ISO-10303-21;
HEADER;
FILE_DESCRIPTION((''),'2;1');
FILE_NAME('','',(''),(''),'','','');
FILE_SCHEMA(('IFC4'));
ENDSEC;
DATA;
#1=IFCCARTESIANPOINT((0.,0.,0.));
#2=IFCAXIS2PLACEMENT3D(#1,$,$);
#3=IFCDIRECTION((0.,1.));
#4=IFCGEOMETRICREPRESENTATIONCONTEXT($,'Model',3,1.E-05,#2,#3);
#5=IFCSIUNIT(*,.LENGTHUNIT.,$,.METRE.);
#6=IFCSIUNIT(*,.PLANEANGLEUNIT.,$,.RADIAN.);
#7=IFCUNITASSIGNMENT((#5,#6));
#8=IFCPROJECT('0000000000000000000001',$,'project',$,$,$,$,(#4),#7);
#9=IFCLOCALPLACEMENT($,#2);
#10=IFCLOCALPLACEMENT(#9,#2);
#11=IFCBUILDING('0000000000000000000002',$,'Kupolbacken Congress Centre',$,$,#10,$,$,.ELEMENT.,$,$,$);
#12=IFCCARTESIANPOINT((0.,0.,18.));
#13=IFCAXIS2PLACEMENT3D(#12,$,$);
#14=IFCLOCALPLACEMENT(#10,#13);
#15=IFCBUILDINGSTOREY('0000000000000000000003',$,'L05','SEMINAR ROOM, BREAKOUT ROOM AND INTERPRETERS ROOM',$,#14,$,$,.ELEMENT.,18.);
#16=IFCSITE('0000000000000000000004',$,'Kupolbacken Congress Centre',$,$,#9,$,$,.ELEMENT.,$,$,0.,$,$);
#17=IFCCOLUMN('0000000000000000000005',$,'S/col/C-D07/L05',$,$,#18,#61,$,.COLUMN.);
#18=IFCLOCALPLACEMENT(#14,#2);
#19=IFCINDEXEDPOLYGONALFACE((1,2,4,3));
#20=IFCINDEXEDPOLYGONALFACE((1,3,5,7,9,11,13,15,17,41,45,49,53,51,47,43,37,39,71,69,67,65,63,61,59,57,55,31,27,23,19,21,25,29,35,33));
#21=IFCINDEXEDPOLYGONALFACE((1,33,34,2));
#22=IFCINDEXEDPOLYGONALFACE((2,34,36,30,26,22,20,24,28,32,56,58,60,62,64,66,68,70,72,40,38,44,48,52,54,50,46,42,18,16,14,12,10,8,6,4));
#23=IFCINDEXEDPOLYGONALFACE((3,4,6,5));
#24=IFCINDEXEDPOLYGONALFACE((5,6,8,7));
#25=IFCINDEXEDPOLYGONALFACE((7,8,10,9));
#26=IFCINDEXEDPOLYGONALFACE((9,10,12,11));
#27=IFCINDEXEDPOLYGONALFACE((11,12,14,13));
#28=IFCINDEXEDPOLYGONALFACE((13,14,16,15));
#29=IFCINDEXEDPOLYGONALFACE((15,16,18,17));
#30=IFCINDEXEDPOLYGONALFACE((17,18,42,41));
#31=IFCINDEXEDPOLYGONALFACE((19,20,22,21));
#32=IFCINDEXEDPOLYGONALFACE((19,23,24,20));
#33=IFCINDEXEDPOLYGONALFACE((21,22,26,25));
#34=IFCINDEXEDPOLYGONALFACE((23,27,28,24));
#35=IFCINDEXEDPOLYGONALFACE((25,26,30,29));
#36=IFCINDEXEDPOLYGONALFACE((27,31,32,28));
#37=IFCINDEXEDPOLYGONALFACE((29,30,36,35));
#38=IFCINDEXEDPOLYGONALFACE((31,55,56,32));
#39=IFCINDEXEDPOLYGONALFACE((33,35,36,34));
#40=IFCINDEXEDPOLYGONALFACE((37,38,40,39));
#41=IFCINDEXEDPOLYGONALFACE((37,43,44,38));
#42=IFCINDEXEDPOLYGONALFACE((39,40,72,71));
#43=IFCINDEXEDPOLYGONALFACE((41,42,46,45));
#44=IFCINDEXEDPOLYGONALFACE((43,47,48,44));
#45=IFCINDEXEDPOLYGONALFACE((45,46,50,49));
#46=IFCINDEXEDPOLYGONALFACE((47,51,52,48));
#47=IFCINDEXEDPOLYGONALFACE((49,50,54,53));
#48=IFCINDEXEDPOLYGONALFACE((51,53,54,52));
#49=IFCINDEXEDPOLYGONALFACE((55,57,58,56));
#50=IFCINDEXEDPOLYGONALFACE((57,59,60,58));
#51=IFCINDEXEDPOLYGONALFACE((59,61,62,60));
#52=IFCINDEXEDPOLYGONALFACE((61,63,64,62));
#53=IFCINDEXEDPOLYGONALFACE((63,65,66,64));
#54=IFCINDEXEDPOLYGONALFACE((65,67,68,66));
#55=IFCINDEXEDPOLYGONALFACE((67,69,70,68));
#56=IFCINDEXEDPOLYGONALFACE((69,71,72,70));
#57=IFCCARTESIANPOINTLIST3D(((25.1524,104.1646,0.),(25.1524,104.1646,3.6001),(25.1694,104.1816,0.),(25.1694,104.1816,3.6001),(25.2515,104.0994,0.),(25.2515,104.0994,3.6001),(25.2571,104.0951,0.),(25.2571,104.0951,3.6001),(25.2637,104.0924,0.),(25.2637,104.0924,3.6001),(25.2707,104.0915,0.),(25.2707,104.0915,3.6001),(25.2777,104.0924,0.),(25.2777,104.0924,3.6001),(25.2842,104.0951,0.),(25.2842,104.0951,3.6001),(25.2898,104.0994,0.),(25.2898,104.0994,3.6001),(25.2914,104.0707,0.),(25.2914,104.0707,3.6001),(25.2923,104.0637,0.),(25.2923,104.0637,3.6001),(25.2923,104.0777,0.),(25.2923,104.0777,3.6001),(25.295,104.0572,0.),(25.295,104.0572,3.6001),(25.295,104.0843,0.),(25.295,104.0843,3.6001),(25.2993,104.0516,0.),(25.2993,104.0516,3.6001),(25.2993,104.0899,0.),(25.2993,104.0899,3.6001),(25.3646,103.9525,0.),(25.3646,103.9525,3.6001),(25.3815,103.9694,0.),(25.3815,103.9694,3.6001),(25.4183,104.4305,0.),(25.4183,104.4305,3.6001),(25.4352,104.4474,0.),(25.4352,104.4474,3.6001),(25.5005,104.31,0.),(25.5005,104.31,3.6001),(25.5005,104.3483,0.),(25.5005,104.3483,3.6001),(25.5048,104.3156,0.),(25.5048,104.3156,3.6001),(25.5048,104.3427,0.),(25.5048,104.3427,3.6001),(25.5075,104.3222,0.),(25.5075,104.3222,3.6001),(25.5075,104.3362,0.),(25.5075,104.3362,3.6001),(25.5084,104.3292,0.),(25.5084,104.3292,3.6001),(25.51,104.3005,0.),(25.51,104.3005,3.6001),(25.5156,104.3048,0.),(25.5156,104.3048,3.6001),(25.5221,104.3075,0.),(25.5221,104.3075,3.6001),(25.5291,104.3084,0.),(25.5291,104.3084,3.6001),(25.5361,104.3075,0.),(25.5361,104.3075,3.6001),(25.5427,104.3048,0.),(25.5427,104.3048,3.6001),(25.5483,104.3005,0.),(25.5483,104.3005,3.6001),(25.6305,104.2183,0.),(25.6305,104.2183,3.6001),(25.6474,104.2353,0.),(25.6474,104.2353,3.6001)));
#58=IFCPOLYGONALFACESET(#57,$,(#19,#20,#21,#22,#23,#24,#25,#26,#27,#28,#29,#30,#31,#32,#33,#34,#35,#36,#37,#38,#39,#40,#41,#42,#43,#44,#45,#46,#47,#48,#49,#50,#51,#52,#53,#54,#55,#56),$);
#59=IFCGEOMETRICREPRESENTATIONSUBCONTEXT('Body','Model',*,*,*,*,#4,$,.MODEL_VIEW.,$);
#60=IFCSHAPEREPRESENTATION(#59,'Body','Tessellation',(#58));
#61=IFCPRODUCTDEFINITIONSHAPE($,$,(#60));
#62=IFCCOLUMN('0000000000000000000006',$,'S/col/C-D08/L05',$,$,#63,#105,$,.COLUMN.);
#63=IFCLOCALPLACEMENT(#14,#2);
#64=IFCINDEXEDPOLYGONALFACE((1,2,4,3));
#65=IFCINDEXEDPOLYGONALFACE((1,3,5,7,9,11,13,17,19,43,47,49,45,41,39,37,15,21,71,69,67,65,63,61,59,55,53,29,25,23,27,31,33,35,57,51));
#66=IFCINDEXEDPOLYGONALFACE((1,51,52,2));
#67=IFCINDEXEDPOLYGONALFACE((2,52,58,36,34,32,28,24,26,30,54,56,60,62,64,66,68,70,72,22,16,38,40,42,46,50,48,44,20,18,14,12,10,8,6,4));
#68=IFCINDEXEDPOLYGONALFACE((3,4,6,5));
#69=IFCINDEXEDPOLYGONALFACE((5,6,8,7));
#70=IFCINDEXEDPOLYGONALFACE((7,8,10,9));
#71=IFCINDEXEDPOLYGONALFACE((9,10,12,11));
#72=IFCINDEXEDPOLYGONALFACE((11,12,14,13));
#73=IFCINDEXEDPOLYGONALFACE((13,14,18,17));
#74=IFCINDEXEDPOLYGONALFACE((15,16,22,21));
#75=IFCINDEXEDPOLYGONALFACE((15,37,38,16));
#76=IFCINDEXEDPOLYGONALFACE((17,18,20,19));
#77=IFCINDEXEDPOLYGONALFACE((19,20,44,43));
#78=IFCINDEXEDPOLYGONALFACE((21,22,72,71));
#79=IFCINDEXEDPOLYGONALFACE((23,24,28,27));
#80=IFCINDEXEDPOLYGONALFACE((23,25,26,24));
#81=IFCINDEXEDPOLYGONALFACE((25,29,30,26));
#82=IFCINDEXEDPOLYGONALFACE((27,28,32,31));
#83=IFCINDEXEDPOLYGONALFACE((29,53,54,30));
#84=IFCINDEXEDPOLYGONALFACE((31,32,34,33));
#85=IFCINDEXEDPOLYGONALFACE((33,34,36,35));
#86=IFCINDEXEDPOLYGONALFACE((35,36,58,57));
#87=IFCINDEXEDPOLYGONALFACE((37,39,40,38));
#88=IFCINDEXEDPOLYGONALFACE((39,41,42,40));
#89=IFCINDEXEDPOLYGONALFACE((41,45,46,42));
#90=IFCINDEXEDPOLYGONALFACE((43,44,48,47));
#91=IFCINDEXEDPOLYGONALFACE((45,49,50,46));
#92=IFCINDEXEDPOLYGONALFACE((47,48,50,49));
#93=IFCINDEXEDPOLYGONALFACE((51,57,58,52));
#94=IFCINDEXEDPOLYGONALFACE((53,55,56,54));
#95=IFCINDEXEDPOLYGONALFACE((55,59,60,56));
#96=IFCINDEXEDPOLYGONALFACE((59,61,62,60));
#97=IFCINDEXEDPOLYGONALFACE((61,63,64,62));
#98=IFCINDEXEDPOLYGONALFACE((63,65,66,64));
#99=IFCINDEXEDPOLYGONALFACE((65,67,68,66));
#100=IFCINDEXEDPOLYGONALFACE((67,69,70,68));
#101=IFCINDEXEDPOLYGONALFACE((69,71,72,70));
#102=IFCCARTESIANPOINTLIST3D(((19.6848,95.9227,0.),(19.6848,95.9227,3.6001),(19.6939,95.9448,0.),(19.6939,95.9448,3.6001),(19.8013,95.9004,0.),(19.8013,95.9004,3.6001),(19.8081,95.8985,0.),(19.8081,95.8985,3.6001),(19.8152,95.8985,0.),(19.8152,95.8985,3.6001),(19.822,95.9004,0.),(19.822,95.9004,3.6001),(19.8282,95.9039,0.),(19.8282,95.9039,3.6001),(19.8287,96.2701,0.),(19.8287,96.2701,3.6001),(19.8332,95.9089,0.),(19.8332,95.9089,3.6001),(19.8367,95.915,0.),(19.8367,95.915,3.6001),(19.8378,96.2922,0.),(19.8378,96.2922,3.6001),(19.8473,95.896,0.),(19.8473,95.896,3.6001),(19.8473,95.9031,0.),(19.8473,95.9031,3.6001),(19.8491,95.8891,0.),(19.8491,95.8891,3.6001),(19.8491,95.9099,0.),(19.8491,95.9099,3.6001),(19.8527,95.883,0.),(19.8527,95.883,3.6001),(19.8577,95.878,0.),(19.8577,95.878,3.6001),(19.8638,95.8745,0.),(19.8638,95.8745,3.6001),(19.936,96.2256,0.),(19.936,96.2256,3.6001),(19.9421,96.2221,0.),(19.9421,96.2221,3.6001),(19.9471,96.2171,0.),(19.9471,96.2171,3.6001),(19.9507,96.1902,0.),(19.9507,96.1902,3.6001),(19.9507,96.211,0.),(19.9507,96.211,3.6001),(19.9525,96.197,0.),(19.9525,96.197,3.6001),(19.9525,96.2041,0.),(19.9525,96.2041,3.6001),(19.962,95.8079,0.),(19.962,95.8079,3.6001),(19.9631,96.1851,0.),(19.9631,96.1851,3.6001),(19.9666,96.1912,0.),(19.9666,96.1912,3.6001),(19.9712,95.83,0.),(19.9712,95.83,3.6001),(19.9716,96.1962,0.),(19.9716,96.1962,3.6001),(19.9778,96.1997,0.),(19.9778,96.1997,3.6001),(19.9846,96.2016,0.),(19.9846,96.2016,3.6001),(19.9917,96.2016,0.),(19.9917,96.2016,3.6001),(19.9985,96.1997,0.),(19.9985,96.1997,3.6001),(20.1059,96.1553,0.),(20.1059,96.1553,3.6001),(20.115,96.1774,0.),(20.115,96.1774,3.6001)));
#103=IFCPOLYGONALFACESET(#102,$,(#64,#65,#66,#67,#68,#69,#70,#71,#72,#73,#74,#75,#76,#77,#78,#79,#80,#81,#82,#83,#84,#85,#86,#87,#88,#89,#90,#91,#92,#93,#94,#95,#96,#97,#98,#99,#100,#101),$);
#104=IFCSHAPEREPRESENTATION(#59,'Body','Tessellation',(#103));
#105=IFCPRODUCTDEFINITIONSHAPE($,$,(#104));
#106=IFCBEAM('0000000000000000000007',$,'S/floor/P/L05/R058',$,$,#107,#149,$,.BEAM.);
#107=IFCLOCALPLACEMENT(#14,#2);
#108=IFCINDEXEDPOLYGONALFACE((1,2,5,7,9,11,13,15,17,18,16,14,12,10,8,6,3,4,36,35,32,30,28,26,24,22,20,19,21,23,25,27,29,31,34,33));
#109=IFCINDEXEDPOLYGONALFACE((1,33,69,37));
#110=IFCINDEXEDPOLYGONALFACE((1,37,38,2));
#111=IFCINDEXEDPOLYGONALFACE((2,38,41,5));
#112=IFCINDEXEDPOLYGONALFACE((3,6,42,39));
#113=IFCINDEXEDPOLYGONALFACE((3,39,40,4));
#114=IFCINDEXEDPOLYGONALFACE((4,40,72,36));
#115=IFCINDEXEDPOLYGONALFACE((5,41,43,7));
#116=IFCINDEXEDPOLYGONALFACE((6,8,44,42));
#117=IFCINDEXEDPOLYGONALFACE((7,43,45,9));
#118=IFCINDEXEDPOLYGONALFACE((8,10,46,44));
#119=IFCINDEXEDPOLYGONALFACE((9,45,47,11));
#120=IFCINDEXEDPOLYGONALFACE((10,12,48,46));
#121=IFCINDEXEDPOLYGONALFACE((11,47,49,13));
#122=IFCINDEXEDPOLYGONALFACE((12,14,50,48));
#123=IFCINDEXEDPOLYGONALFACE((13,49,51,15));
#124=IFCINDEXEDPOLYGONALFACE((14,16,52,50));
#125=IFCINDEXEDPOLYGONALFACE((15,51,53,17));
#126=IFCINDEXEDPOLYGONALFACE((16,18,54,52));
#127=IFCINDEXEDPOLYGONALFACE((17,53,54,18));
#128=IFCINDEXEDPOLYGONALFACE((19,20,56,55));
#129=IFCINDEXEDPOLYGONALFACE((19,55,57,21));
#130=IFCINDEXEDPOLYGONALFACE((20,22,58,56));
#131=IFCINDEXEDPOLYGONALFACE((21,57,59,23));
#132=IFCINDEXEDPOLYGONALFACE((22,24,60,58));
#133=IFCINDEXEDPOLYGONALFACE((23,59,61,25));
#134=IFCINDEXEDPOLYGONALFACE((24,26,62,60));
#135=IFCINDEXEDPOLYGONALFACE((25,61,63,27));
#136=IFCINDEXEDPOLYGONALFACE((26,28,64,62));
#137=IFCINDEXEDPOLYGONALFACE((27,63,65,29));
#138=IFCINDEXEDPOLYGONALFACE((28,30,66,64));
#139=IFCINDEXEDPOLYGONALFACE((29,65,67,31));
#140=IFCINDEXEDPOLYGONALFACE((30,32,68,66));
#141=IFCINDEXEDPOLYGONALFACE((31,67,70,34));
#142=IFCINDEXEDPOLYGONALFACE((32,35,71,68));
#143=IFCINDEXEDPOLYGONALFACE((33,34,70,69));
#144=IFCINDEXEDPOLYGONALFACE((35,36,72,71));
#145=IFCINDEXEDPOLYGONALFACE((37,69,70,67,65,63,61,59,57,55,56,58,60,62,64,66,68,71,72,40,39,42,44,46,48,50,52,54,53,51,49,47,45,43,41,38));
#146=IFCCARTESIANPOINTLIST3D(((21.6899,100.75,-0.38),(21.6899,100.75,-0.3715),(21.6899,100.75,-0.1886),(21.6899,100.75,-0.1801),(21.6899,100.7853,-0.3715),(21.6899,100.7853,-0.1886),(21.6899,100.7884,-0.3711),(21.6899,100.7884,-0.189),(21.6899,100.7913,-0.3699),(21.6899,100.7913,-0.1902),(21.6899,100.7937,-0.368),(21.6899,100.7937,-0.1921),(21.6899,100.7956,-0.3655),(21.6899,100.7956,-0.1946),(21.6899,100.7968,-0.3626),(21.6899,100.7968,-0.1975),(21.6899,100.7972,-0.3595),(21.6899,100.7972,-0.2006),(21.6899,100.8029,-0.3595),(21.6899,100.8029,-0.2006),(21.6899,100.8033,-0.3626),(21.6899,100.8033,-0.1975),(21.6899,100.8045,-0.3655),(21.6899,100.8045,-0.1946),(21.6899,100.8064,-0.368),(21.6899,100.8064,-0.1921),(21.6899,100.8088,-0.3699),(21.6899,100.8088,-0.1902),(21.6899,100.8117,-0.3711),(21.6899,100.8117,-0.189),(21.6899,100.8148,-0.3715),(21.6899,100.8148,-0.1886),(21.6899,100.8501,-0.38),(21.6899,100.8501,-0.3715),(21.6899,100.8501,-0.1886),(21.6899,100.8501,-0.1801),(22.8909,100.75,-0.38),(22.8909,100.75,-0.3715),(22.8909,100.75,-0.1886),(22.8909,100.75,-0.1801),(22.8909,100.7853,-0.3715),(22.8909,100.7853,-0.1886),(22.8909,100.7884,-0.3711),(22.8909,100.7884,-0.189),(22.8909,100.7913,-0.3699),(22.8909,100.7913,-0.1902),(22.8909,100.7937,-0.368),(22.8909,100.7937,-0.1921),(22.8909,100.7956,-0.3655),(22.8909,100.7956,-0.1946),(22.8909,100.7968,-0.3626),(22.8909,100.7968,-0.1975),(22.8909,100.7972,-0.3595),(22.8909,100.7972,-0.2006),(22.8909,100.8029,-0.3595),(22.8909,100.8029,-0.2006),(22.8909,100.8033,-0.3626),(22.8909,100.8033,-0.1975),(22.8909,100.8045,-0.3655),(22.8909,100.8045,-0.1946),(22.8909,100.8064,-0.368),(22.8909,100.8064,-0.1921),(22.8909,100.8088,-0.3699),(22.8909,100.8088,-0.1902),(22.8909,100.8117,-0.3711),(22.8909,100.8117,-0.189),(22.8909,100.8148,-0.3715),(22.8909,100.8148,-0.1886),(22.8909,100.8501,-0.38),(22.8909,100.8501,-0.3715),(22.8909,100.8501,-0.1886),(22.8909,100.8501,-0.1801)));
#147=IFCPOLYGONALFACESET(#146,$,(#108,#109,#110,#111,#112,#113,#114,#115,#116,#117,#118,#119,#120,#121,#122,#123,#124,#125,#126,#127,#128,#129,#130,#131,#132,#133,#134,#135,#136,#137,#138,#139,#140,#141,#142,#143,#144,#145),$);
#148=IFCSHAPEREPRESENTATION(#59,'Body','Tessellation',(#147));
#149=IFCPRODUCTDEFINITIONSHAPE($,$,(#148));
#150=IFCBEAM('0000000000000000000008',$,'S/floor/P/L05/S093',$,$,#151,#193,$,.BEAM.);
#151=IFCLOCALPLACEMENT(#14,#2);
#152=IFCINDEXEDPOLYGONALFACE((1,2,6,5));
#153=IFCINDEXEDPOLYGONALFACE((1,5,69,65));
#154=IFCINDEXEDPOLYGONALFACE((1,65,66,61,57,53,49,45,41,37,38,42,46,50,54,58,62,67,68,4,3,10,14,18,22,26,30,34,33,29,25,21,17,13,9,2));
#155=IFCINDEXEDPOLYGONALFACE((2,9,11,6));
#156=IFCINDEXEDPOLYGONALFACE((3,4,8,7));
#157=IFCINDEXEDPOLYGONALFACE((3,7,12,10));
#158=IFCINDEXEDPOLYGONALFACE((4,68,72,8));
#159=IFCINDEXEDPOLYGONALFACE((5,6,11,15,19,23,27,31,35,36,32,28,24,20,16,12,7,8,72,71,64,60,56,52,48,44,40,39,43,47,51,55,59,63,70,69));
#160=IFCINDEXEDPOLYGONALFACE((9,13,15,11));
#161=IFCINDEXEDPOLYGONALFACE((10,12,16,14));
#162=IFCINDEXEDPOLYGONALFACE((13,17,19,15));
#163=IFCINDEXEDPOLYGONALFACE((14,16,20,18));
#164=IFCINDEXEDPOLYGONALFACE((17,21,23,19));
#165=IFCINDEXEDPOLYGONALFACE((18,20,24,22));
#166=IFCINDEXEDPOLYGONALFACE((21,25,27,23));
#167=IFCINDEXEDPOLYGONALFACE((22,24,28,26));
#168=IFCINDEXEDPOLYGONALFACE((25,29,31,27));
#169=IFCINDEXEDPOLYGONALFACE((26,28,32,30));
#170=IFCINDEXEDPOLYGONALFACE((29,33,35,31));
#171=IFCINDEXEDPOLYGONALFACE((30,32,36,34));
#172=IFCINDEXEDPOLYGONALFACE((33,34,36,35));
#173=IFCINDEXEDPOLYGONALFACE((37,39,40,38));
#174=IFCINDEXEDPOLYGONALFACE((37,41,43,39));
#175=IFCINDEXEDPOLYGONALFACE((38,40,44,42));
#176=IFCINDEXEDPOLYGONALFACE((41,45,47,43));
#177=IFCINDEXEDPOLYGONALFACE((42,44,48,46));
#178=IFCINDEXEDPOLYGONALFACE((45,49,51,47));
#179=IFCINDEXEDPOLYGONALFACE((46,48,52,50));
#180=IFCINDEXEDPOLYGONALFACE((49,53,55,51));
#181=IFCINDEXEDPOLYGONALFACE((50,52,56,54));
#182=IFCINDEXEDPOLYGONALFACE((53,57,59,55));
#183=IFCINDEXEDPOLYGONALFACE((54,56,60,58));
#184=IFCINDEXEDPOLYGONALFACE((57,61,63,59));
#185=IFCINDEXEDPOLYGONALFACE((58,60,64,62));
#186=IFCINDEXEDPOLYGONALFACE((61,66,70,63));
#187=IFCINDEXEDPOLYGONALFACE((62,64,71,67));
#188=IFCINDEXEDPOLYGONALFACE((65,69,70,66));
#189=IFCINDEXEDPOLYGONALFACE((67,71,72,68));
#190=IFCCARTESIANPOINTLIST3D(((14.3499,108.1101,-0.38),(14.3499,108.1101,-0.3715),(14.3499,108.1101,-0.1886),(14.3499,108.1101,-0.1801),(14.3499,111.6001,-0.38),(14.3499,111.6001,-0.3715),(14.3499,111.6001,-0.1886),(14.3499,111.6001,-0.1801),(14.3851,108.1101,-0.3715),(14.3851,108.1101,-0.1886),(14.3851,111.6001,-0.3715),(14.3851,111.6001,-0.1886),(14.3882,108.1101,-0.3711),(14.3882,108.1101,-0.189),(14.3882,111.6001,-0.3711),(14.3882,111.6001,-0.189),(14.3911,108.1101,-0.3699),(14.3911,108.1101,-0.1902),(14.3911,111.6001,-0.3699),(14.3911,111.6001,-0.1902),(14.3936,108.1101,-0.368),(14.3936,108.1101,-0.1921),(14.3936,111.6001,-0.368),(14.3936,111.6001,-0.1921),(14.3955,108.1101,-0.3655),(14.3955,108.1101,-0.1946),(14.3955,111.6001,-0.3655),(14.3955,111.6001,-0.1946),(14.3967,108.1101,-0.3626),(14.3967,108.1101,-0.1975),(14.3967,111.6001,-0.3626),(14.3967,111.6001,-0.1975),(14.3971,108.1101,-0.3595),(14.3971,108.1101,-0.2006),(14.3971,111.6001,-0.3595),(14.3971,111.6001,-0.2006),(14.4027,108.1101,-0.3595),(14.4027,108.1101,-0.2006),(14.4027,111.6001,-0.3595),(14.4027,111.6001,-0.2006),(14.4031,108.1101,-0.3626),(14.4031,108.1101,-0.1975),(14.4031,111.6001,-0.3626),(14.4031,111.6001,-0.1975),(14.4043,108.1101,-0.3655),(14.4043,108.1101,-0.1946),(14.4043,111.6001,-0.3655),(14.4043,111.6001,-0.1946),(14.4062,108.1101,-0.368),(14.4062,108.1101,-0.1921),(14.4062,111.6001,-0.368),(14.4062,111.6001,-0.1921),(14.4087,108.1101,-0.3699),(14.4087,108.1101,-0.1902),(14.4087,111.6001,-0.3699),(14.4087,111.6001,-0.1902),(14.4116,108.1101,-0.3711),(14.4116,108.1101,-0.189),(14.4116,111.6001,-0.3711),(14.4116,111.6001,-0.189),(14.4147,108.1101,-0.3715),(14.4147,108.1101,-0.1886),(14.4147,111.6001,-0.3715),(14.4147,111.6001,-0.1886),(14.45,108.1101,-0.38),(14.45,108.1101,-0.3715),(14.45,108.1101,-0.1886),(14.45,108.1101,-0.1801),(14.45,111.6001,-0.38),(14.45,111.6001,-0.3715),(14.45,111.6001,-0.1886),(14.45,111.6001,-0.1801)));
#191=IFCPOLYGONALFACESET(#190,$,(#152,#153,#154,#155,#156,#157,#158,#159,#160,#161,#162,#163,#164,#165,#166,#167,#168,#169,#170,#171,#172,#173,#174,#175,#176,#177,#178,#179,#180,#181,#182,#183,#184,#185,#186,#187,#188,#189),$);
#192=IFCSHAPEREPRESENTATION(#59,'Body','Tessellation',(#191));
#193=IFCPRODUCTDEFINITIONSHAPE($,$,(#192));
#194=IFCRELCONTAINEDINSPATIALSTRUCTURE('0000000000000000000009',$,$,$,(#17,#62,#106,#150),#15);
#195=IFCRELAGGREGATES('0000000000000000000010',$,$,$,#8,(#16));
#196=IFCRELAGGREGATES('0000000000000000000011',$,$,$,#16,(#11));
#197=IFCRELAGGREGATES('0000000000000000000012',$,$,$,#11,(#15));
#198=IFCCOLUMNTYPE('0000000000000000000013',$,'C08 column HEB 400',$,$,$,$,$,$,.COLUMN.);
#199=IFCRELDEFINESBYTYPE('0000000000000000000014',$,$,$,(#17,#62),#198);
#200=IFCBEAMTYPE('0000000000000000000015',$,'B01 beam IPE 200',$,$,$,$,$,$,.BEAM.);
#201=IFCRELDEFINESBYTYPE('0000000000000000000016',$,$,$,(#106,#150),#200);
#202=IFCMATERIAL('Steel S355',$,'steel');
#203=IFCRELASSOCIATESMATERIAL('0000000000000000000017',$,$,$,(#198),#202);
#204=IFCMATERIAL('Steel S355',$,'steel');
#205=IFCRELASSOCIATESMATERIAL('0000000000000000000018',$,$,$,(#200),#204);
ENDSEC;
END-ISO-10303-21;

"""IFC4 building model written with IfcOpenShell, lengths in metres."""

from ifc_helpers import new_model, si_unit, direction, frame, origin, origin_2d, place, context, subcontext, project, spatial, i_section, extrude, material, material_profile, profile_set, type_object, element, save


model = new_model("IFC4")

# Units and contexts
model_context = context("Model", 3, precision=1e-05, world=origin(), true_north=direction((0.0, 1.0)))
body_context = subcontext(model_context, "Body", "Model", "MODEL_VIEW")
ifc_project = project(units=[si_unit("LENGTHUNIT", "METRE"), si_unit("PLANEANGLEUNIT", "RADIAN")], contexts=[model_context])

# Site, building, storey
site_placement = place(None, origin())
site = spatial("IfcSite", under=ifc_project, at=site_placement, Name="Kupolbacken Congress Centre", CompositionType="ELEMENT", RefElevation=0.0)
building_placement = place(site_placement, origin())
building = spatial("IfcBuilding", under=site, at=building_placement, Name="Kupolbacken Congress Centre", CompositionType="ELEMENT")
storey_placement = place(building_placement, frame((0.0, 0.0, 18.0)))
storey = spatial("IfcBuildingStorey", under=building, at=storey_placement, Name="L05", Description="SEMINAR ROOM, BREAKOUT ROOM AND INTERPRETERS ROOM", CompositionType="ELEMENT", Elevation=18.0)

# Columns
ifc_material_1 = material(Name="Steel S355", Category="steel")
ifc_material_profile_1 = material_profile(ifc_material_1, i_section(OverallWidth=0.3, OverallDepth=0.3999, WebThickness=0.0134, FlangeThickness=0.0239, FilletRadius=0.0271, at=origin_2d()), Name="HEB 400")
ifc_profile_set_1 = profile_set([ifc_material_profile_1], Name="Steel S355")
column_type = type_object("IfcColumnType", Name="C08 column HEB 400", PredefinedType="COLUMN", material=ifc_profile_set_1)
for number, where, z_axis, x_axis, name in (
    (1, (25.3999, 104.2, 0.0), (0.0, 0.0, 1.0), (-0.707107, 0.707107, 0.0), "S/col/C-D07/L05"),
    (2, (19.8999, 96.05, 0.0), (0.0, 0.0, 1.0), (-0.923896, 0.382644, 0.0), "S/col/C-D08/L05"),
):
    element("IfcColumn", number, at=place(storey_placement, frame(where, z_axis=z_axis, x_axis=x_axis)), inside=storey, type_object=column_type, Name=name, PredefinedType="COLUMN", context=body_context, shape_type="SweptSolid", body=[
        extrude(i_section(OverallWidth=0.3, OverallDepth=0.3999, WebThickness=0.0134, FlangeThickness=0.0239, FilletRadius=0.0271, at=origin_2d()), origin(), (0.0, 0.0, 1.0), 3.6001),
    ])

# Beams
ifc_material_2 = material(Name="Steel S355", Category="steel")
ifc_material_profile_2 = material_profile(ifc_material_2, i_section(OverallWidth=0.1001, OverallDepth=0.2, WebThickness=0.0056, FlangeThickness=0.0085, FilletRadius=0.012, at=origin_2d()), Name="IPE 200")
ifc_profile_set_2 = profile_set([ifc_material_profile_2], Name="Steel S355")
beam_type_1 = type_object("IfcBeamType", Name="B01 beam IPE 200", PredefinedType="BEAM", material=ifc_profile_set_2)
beam_1_placement = place(storey_placement, frame((21.6899, 100.8, -0.28), z_axis=(1.0, 0.0, 0.0), x_axis=(0.0, 1.0, 0.0)))
element("IfcBeam", 3, at=beam_1_placement, inside=storey, type_object=beam_type_1, Name="S/floor/P/L05/R058", PredefinedType="BEAM", context=body_context, shape_type="SweptSolid", body=[
    extrude(i_section(OverallWidth=0.1001, OverallDepth=0.2, WebThickness=0.0056, FlangeThickness=0.0085, FilletRadius=0.012, at=origin_2d()), origin(), (0.0, 0.0, 1.0), 1.2009),
])
beam_2_placement = place(storey_placement, frame((14.3999, 108.1101, -0.28), z_axis=(0.0, 1.0, 0.0), x_axis=(-1.0, 0.0, 0.0)))
element("IfcBeam", 4, at=beam_2_placement, inside=storey, type_object=beam_type_1, Name="S/floor/P/L05/S093", PredefinedType="BEAM", context=body_context, shape_type="SweptSolid", body=[
    extrude(i_section(OverallWidth=0.1001, OverallDepth=0.2, WebThickness=0.0056, FlangeThickness=0.0085, FilletRadius=0.012, at=origin_2d()), origin(), (0.0, 0.0, 1.0), 3.49),
])

save(model, "model.ifc")
